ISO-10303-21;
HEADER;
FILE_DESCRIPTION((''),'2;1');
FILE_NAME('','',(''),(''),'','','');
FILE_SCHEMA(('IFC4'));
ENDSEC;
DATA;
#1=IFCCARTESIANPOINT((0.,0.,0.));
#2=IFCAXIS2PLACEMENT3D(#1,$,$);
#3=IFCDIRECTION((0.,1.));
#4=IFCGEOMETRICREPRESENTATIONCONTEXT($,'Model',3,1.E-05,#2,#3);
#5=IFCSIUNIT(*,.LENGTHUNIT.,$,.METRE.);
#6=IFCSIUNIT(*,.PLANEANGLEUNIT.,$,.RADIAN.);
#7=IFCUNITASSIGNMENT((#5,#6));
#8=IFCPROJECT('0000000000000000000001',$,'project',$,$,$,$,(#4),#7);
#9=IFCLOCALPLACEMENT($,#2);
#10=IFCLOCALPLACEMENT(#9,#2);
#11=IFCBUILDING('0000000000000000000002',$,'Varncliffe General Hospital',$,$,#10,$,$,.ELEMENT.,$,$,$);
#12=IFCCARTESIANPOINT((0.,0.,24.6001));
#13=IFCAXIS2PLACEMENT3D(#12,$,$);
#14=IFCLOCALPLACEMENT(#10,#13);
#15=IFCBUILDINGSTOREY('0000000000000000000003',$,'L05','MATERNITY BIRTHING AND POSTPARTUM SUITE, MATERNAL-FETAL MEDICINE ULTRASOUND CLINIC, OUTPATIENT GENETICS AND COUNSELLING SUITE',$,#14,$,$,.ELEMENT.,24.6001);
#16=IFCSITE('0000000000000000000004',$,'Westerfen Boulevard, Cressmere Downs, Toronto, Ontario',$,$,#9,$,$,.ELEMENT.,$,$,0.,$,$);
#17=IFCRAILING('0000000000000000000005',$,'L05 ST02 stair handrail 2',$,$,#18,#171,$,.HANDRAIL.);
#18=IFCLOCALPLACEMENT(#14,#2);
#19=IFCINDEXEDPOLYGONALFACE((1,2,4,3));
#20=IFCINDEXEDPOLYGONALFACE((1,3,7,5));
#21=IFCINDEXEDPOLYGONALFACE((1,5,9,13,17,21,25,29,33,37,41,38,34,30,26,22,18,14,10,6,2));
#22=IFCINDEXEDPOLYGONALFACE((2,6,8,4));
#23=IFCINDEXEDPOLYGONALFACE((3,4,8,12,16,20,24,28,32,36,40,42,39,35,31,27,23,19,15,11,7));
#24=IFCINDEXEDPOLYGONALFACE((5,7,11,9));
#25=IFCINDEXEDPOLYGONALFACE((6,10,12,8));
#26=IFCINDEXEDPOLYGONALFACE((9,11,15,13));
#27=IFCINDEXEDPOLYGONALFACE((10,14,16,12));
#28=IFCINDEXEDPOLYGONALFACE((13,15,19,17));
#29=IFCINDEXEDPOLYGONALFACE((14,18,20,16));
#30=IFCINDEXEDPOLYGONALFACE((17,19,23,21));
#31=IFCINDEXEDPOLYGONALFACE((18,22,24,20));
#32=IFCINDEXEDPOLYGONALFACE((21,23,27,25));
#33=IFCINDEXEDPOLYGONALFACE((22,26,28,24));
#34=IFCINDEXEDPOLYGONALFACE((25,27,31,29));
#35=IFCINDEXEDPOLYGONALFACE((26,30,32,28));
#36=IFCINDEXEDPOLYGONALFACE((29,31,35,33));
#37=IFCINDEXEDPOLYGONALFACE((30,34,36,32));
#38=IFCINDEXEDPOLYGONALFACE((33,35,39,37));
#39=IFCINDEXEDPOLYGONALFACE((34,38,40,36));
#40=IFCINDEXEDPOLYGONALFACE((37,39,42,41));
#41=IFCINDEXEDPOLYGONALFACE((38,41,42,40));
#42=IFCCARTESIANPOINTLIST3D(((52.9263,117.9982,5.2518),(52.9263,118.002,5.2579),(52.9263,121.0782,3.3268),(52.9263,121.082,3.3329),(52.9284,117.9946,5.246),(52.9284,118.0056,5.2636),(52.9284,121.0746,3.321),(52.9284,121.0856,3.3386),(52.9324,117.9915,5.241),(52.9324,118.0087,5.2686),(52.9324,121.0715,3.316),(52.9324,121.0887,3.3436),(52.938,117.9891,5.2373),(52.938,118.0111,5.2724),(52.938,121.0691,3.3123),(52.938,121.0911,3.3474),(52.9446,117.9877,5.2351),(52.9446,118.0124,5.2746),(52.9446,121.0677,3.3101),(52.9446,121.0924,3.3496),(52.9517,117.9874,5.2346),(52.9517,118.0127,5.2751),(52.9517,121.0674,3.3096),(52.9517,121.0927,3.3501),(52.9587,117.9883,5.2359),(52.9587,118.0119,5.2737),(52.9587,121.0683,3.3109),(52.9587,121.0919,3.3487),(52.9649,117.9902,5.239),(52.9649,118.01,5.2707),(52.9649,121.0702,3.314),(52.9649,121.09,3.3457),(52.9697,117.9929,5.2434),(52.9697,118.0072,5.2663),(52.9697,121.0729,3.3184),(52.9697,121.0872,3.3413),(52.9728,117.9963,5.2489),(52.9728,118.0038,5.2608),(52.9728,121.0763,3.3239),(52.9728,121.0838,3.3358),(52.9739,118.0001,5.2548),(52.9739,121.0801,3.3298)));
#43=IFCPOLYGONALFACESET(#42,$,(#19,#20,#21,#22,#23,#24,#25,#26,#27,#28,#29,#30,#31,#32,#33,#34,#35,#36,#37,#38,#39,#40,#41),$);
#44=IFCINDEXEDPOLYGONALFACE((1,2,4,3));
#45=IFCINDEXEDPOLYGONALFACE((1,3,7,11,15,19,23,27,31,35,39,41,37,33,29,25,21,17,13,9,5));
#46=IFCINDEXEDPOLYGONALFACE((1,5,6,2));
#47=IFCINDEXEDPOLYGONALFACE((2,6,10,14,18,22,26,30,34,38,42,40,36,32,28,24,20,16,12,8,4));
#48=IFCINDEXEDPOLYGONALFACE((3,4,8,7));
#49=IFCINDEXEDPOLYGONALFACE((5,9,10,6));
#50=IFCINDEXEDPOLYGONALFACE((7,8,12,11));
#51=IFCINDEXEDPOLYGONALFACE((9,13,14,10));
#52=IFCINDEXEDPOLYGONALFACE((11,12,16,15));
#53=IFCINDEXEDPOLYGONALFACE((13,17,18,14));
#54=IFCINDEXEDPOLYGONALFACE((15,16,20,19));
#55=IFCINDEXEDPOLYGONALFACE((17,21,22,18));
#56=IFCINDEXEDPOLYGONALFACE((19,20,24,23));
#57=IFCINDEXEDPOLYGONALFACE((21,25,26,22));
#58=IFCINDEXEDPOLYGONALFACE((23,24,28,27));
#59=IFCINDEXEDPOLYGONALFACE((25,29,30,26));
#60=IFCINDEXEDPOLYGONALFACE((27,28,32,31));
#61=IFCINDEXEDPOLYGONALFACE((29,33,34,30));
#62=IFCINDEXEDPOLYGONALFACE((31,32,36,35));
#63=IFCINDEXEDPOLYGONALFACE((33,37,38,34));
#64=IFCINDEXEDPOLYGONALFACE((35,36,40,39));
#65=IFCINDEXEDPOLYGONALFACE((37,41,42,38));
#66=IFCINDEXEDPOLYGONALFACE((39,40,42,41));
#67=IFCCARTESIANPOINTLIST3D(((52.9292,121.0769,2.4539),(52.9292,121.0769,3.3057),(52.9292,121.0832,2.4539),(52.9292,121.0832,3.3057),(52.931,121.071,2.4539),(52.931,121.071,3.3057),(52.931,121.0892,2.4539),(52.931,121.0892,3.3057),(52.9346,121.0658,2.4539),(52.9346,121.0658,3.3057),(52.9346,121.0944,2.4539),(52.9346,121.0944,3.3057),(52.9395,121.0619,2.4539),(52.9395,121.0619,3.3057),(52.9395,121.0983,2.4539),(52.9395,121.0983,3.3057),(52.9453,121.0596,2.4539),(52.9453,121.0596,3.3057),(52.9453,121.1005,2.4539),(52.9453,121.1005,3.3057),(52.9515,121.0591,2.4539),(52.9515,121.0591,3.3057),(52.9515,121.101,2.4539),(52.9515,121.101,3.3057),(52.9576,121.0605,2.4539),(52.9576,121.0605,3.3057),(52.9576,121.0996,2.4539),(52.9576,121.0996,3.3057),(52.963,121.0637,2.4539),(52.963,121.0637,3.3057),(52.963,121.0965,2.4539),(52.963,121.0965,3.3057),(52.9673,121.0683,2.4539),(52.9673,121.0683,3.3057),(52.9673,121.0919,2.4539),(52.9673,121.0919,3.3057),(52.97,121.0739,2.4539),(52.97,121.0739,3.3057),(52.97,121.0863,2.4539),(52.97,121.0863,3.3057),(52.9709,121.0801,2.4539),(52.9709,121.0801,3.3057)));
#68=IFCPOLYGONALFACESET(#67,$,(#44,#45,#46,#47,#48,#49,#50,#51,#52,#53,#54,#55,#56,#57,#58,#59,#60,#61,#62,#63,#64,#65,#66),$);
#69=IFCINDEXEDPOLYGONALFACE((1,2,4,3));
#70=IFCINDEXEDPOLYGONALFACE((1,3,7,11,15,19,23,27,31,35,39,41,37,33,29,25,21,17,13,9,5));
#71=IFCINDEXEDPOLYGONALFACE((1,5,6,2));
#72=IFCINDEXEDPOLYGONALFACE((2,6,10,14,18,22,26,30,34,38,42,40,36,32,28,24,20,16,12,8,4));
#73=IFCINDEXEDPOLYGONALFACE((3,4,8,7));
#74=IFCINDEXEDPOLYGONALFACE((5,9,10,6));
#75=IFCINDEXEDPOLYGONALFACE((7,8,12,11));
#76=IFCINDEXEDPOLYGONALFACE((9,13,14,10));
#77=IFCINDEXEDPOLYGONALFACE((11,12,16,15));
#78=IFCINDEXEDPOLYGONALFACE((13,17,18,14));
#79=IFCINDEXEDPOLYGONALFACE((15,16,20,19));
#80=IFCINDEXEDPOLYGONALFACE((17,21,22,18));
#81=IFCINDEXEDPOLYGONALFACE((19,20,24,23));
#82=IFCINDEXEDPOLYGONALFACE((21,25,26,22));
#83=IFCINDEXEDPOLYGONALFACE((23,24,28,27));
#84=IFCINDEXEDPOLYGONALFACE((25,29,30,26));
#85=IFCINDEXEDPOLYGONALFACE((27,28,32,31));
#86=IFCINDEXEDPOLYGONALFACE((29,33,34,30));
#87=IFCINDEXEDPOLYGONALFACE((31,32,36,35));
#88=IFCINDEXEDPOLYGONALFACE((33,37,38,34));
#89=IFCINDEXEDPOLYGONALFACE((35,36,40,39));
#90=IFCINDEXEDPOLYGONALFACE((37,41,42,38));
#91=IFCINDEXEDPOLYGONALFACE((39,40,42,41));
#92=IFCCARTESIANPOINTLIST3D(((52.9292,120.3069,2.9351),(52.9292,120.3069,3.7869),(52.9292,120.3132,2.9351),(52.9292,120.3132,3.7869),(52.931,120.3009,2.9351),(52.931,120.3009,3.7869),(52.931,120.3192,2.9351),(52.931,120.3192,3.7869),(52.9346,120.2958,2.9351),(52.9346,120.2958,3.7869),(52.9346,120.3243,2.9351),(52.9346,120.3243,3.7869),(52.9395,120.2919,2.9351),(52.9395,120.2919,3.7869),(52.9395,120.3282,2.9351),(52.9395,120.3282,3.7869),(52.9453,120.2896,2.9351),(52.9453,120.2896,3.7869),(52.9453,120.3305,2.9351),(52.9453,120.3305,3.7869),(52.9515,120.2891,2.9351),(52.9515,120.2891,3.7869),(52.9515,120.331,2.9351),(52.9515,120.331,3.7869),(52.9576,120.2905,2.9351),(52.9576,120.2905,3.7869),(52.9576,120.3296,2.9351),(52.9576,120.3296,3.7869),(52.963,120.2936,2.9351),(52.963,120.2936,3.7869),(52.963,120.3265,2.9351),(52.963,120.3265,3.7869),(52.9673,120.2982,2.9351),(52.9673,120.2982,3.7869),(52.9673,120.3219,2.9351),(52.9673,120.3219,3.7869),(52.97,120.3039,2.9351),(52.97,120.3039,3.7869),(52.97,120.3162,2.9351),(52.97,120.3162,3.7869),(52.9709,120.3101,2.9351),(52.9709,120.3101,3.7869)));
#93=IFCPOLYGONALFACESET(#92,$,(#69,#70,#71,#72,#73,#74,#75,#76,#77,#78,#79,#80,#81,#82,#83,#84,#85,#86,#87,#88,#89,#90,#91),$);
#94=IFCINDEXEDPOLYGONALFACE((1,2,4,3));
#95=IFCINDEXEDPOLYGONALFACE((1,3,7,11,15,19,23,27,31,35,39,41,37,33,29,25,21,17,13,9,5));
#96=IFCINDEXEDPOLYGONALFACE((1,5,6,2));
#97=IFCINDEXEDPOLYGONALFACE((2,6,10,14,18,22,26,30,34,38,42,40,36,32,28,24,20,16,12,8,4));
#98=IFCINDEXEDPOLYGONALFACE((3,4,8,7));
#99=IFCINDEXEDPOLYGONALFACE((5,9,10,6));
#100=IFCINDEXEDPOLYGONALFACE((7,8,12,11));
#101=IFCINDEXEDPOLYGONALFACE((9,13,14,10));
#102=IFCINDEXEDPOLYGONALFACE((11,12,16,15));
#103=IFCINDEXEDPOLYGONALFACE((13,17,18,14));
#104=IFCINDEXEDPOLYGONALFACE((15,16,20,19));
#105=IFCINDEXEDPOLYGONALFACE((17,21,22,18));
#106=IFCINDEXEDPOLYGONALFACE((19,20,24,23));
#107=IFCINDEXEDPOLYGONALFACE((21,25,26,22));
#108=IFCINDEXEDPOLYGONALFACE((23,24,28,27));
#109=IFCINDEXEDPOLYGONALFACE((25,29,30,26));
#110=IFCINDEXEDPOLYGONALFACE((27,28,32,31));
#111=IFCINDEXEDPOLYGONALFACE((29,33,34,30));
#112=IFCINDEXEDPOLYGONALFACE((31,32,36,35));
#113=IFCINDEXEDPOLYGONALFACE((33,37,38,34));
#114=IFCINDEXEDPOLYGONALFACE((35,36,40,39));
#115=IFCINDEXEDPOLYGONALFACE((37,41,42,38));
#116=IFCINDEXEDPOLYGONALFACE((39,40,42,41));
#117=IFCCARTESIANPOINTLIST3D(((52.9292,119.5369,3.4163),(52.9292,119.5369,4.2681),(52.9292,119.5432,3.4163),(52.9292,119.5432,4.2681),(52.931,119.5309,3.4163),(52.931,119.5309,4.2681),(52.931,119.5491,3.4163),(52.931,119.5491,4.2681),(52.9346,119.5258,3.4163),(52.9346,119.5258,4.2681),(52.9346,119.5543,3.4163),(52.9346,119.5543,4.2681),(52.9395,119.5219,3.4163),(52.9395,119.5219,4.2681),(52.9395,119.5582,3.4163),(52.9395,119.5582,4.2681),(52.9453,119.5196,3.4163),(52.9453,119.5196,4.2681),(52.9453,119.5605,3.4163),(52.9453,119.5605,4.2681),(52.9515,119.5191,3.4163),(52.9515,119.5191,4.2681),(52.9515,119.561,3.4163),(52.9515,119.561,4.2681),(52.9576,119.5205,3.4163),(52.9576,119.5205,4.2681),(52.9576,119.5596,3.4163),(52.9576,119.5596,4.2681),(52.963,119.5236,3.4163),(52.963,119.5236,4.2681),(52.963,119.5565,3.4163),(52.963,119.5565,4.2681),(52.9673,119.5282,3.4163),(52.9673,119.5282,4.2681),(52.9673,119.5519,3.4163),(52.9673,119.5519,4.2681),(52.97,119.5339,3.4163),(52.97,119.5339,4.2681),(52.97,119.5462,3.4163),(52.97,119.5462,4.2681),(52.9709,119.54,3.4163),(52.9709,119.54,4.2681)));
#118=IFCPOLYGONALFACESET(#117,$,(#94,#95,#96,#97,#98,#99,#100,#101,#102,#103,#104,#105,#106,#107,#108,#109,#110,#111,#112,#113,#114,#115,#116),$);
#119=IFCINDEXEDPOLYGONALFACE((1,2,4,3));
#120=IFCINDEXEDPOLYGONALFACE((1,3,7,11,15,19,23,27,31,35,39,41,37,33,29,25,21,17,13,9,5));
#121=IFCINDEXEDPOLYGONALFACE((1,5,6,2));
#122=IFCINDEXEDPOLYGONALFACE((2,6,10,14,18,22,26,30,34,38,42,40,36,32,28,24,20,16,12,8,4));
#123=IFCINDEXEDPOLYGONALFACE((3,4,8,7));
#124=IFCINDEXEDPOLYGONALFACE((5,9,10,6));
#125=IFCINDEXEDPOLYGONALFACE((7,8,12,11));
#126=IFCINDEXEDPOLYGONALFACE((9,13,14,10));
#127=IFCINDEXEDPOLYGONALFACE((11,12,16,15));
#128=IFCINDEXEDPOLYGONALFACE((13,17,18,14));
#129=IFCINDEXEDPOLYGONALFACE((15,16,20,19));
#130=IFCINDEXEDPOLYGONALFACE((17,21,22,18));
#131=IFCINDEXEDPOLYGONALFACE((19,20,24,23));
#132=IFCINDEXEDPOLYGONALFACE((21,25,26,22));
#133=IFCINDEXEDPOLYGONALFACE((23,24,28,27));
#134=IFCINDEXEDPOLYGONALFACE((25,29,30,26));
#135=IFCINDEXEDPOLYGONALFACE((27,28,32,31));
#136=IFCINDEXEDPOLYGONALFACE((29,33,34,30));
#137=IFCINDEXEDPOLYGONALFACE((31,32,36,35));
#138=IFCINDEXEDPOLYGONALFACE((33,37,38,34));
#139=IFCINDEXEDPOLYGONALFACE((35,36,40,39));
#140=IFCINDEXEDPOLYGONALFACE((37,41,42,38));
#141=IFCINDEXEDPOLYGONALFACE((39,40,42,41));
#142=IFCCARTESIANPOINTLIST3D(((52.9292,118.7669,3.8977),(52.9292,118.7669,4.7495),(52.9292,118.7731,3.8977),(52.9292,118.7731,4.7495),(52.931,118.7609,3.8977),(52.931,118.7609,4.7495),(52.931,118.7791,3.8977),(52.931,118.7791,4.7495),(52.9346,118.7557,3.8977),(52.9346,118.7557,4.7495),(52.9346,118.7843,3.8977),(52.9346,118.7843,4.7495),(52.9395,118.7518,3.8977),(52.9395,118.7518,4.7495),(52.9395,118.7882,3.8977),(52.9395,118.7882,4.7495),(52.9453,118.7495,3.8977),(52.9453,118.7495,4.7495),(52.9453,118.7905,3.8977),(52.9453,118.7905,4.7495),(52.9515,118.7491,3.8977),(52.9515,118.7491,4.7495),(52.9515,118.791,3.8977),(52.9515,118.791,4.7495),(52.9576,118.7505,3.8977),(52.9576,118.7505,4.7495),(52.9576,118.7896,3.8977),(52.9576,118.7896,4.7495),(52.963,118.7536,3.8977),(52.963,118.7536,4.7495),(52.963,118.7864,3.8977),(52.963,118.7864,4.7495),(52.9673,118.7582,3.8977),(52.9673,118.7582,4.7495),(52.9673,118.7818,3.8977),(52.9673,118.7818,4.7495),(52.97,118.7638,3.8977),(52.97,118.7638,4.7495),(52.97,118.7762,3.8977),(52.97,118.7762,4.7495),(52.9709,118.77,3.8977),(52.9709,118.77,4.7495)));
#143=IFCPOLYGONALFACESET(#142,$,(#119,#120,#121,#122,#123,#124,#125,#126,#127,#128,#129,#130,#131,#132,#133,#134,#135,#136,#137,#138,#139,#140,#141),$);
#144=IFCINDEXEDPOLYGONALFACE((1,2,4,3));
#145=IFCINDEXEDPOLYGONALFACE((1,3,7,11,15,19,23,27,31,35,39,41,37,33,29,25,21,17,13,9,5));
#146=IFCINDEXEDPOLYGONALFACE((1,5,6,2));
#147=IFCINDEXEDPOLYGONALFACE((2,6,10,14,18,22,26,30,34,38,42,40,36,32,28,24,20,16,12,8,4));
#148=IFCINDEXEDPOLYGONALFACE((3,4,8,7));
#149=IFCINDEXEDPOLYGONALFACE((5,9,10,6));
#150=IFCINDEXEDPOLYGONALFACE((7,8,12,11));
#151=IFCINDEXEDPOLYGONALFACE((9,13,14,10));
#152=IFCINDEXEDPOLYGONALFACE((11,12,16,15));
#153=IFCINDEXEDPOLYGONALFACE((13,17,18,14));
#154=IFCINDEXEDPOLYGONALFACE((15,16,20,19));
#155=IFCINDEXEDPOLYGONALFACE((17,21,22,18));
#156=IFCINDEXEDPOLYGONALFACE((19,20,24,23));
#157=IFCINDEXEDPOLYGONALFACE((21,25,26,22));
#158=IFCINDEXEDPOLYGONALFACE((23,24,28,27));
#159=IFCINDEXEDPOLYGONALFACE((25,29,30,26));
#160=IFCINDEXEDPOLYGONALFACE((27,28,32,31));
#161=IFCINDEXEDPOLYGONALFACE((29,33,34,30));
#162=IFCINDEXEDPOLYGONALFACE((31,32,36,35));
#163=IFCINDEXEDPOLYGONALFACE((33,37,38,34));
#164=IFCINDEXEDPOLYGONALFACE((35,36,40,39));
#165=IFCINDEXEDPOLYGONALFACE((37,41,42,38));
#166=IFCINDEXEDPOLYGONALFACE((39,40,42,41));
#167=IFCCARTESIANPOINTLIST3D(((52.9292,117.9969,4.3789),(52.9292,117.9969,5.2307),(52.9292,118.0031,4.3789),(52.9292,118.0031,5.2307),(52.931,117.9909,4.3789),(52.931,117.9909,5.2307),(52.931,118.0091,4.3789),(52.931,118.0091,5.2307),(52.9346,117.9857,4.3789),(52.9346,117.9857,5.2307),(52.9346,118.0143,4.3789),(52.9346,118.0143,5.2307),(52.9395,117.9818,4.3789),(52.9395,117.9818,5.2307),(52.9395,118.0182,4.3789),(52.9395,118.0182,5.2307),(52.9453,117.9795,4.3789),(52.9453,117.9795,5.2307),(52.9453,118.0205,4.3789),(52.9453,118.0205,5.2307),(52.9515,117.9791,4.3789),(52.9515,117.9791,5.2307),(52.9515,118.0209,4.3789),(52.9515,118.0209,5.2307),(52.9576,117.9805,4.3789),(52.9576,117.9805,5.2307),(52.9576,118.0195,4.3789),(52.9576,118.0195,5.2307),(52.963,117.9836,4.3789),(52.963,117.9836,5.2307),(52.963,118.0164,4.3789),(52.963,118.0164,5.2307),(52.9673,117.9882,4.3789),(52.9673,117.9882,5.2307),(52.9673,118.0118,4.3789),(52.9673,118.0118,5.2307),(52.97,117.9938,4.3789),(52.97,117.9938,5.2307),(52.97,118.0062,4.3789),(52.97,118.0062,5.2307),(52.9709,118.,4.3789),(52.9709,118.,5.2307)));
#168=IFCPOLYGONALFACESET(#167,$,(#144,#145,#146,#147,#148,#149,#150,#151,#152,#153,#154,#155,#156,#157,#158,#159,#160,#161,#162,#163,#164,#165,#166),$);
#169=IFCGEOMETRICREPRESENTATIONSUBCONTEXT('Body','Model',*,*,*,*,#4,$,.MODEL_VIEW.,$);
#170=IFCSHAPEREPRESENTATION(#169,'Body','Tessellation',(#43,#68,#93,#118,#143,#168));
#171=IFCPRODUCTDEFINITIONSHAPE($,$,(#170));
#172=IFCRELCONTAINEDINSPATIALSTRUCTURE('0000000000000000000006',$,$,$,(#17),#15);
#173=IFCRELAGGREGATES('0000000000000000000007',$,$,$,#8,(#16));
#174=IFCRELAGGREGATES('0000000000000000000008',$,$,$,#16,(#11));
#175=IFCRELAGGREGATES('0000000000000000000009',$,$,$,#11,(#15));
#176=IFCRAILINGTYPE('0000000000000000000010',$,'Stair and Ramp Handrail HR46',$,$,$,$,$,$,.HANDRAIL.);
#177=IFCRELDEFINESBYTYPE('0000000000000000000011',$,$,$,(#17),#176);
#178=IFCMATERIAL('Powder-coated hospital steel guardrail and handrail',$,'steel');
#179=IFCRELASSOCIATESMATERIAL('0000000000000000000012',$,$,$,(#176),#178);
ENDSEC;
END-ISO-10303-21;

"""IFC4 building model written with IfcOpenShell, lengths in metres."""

from ifc_helpers import new_model, si_unit, direction, frame, origin, origin_2d, place, context, subcontext, project, spatial, circle, extrude, material, type_object, element, save


model = new_model("IFC4")

# Units and contexts
model_context = context("Model", 3, precision=1e-05, world=origin(), true_north=direction((0.0, 1.0)))
body_context = subcontext(model_context, "Body", "Model", "MODEL_VIEW")
ifc_project = project(units=[si_unit("LENGTHUNIT", "METRE"), si_unit("PLANEANGLEUNIT", "RADIAN")], contexts=[model_context])

# Site, building, storey
site_placement = place(None, origin())
site = spatial("IfcSite", under=ifc_project, at=site_placement, Name="Westerfen Boulevard, Cressmere Downs, Toronto, Ontario", CompositionType="ELEMENT", RefElevation=0.0)
building_placement = place(site_placement, origin())
building = spatial("IfcBuilding", under=site, at=building_placement, Name="Varncliffe General Hospital", CompositionType="ELEMENT")
storey_placement = place(building_placement, frame((0.0, 0.0, 24.6001)))
storey = spatial("IfcBuildingStorey", under=building, at=storey_placement, Name="L05", Description="MATERNITY BIRTHING AND POSTPARTUM SUITE, MATERNAL-FETAL MEDICINE ULTRASOUND CLINIC, OUTPATIENT GENETICS AND COUNSELLING SUITE", CompositionType="ELEMENT", Elevation=24.6001)

# Railing
ifc_material_1 = material(Name="Powder-coated hospital steel guardrail and handrail", Category="steel")
railing_type_1 = type_object("IfcRailingType", Name="Stair and Ramp Handrail HR46", PredefinedType="HANDRAIL", material=ifc_material_1)
railing_1_placement = place(storey_placement, frame((52.95, 121.0801, 2.4539)))
element("IfcRailing", 1, at=railing_1_placement, inside=storey, type_object=railing_type_1, Name="L05 ST02 stair handrail 2", PredefinedType="HANDRAIL", context=body_context, shape_type="SweptSolid", body=[
    extrude(circle(Radius=0.0239, at=origin_2d()), frame((0.0, 0.0, 0.876), z_axis=(0.0, -0.847998, 0.529999), x_axis=(1.0, 0.0, 0.0)), (0.0, 0.0, 1.0), 3.6321),
    extrude(circle(Radius=0.021, at=origin_2d()), origin(), (0.0, 0.0, 1.0), 0.8518),
    extrude(circle(Radius=0.021, at=origin_2d()), frame((0.0, -0.77, 0.4812)), (0.0, 0.0, 1.0), 0.8518),
    extrude(circle(Radius=0.021, at=origin_2d()), frame((0.0, -1.54, 0.9624)), (0.0, 0.0, 1.0), 0.8518),
    extrude(circle(Radius=0.021, at=origin_2d()), frame((0.0, -2.3101, 1.4438)), (0.0, 0.0, 1.0), 0.8518),
    extrude(circle(Radius=0.021, at=origin_2d()), frame((0.0, -3.0801, 1.925)), (0.0, 0.0, 1.0), 0.8518),
])

save(model, "model.ifc")
